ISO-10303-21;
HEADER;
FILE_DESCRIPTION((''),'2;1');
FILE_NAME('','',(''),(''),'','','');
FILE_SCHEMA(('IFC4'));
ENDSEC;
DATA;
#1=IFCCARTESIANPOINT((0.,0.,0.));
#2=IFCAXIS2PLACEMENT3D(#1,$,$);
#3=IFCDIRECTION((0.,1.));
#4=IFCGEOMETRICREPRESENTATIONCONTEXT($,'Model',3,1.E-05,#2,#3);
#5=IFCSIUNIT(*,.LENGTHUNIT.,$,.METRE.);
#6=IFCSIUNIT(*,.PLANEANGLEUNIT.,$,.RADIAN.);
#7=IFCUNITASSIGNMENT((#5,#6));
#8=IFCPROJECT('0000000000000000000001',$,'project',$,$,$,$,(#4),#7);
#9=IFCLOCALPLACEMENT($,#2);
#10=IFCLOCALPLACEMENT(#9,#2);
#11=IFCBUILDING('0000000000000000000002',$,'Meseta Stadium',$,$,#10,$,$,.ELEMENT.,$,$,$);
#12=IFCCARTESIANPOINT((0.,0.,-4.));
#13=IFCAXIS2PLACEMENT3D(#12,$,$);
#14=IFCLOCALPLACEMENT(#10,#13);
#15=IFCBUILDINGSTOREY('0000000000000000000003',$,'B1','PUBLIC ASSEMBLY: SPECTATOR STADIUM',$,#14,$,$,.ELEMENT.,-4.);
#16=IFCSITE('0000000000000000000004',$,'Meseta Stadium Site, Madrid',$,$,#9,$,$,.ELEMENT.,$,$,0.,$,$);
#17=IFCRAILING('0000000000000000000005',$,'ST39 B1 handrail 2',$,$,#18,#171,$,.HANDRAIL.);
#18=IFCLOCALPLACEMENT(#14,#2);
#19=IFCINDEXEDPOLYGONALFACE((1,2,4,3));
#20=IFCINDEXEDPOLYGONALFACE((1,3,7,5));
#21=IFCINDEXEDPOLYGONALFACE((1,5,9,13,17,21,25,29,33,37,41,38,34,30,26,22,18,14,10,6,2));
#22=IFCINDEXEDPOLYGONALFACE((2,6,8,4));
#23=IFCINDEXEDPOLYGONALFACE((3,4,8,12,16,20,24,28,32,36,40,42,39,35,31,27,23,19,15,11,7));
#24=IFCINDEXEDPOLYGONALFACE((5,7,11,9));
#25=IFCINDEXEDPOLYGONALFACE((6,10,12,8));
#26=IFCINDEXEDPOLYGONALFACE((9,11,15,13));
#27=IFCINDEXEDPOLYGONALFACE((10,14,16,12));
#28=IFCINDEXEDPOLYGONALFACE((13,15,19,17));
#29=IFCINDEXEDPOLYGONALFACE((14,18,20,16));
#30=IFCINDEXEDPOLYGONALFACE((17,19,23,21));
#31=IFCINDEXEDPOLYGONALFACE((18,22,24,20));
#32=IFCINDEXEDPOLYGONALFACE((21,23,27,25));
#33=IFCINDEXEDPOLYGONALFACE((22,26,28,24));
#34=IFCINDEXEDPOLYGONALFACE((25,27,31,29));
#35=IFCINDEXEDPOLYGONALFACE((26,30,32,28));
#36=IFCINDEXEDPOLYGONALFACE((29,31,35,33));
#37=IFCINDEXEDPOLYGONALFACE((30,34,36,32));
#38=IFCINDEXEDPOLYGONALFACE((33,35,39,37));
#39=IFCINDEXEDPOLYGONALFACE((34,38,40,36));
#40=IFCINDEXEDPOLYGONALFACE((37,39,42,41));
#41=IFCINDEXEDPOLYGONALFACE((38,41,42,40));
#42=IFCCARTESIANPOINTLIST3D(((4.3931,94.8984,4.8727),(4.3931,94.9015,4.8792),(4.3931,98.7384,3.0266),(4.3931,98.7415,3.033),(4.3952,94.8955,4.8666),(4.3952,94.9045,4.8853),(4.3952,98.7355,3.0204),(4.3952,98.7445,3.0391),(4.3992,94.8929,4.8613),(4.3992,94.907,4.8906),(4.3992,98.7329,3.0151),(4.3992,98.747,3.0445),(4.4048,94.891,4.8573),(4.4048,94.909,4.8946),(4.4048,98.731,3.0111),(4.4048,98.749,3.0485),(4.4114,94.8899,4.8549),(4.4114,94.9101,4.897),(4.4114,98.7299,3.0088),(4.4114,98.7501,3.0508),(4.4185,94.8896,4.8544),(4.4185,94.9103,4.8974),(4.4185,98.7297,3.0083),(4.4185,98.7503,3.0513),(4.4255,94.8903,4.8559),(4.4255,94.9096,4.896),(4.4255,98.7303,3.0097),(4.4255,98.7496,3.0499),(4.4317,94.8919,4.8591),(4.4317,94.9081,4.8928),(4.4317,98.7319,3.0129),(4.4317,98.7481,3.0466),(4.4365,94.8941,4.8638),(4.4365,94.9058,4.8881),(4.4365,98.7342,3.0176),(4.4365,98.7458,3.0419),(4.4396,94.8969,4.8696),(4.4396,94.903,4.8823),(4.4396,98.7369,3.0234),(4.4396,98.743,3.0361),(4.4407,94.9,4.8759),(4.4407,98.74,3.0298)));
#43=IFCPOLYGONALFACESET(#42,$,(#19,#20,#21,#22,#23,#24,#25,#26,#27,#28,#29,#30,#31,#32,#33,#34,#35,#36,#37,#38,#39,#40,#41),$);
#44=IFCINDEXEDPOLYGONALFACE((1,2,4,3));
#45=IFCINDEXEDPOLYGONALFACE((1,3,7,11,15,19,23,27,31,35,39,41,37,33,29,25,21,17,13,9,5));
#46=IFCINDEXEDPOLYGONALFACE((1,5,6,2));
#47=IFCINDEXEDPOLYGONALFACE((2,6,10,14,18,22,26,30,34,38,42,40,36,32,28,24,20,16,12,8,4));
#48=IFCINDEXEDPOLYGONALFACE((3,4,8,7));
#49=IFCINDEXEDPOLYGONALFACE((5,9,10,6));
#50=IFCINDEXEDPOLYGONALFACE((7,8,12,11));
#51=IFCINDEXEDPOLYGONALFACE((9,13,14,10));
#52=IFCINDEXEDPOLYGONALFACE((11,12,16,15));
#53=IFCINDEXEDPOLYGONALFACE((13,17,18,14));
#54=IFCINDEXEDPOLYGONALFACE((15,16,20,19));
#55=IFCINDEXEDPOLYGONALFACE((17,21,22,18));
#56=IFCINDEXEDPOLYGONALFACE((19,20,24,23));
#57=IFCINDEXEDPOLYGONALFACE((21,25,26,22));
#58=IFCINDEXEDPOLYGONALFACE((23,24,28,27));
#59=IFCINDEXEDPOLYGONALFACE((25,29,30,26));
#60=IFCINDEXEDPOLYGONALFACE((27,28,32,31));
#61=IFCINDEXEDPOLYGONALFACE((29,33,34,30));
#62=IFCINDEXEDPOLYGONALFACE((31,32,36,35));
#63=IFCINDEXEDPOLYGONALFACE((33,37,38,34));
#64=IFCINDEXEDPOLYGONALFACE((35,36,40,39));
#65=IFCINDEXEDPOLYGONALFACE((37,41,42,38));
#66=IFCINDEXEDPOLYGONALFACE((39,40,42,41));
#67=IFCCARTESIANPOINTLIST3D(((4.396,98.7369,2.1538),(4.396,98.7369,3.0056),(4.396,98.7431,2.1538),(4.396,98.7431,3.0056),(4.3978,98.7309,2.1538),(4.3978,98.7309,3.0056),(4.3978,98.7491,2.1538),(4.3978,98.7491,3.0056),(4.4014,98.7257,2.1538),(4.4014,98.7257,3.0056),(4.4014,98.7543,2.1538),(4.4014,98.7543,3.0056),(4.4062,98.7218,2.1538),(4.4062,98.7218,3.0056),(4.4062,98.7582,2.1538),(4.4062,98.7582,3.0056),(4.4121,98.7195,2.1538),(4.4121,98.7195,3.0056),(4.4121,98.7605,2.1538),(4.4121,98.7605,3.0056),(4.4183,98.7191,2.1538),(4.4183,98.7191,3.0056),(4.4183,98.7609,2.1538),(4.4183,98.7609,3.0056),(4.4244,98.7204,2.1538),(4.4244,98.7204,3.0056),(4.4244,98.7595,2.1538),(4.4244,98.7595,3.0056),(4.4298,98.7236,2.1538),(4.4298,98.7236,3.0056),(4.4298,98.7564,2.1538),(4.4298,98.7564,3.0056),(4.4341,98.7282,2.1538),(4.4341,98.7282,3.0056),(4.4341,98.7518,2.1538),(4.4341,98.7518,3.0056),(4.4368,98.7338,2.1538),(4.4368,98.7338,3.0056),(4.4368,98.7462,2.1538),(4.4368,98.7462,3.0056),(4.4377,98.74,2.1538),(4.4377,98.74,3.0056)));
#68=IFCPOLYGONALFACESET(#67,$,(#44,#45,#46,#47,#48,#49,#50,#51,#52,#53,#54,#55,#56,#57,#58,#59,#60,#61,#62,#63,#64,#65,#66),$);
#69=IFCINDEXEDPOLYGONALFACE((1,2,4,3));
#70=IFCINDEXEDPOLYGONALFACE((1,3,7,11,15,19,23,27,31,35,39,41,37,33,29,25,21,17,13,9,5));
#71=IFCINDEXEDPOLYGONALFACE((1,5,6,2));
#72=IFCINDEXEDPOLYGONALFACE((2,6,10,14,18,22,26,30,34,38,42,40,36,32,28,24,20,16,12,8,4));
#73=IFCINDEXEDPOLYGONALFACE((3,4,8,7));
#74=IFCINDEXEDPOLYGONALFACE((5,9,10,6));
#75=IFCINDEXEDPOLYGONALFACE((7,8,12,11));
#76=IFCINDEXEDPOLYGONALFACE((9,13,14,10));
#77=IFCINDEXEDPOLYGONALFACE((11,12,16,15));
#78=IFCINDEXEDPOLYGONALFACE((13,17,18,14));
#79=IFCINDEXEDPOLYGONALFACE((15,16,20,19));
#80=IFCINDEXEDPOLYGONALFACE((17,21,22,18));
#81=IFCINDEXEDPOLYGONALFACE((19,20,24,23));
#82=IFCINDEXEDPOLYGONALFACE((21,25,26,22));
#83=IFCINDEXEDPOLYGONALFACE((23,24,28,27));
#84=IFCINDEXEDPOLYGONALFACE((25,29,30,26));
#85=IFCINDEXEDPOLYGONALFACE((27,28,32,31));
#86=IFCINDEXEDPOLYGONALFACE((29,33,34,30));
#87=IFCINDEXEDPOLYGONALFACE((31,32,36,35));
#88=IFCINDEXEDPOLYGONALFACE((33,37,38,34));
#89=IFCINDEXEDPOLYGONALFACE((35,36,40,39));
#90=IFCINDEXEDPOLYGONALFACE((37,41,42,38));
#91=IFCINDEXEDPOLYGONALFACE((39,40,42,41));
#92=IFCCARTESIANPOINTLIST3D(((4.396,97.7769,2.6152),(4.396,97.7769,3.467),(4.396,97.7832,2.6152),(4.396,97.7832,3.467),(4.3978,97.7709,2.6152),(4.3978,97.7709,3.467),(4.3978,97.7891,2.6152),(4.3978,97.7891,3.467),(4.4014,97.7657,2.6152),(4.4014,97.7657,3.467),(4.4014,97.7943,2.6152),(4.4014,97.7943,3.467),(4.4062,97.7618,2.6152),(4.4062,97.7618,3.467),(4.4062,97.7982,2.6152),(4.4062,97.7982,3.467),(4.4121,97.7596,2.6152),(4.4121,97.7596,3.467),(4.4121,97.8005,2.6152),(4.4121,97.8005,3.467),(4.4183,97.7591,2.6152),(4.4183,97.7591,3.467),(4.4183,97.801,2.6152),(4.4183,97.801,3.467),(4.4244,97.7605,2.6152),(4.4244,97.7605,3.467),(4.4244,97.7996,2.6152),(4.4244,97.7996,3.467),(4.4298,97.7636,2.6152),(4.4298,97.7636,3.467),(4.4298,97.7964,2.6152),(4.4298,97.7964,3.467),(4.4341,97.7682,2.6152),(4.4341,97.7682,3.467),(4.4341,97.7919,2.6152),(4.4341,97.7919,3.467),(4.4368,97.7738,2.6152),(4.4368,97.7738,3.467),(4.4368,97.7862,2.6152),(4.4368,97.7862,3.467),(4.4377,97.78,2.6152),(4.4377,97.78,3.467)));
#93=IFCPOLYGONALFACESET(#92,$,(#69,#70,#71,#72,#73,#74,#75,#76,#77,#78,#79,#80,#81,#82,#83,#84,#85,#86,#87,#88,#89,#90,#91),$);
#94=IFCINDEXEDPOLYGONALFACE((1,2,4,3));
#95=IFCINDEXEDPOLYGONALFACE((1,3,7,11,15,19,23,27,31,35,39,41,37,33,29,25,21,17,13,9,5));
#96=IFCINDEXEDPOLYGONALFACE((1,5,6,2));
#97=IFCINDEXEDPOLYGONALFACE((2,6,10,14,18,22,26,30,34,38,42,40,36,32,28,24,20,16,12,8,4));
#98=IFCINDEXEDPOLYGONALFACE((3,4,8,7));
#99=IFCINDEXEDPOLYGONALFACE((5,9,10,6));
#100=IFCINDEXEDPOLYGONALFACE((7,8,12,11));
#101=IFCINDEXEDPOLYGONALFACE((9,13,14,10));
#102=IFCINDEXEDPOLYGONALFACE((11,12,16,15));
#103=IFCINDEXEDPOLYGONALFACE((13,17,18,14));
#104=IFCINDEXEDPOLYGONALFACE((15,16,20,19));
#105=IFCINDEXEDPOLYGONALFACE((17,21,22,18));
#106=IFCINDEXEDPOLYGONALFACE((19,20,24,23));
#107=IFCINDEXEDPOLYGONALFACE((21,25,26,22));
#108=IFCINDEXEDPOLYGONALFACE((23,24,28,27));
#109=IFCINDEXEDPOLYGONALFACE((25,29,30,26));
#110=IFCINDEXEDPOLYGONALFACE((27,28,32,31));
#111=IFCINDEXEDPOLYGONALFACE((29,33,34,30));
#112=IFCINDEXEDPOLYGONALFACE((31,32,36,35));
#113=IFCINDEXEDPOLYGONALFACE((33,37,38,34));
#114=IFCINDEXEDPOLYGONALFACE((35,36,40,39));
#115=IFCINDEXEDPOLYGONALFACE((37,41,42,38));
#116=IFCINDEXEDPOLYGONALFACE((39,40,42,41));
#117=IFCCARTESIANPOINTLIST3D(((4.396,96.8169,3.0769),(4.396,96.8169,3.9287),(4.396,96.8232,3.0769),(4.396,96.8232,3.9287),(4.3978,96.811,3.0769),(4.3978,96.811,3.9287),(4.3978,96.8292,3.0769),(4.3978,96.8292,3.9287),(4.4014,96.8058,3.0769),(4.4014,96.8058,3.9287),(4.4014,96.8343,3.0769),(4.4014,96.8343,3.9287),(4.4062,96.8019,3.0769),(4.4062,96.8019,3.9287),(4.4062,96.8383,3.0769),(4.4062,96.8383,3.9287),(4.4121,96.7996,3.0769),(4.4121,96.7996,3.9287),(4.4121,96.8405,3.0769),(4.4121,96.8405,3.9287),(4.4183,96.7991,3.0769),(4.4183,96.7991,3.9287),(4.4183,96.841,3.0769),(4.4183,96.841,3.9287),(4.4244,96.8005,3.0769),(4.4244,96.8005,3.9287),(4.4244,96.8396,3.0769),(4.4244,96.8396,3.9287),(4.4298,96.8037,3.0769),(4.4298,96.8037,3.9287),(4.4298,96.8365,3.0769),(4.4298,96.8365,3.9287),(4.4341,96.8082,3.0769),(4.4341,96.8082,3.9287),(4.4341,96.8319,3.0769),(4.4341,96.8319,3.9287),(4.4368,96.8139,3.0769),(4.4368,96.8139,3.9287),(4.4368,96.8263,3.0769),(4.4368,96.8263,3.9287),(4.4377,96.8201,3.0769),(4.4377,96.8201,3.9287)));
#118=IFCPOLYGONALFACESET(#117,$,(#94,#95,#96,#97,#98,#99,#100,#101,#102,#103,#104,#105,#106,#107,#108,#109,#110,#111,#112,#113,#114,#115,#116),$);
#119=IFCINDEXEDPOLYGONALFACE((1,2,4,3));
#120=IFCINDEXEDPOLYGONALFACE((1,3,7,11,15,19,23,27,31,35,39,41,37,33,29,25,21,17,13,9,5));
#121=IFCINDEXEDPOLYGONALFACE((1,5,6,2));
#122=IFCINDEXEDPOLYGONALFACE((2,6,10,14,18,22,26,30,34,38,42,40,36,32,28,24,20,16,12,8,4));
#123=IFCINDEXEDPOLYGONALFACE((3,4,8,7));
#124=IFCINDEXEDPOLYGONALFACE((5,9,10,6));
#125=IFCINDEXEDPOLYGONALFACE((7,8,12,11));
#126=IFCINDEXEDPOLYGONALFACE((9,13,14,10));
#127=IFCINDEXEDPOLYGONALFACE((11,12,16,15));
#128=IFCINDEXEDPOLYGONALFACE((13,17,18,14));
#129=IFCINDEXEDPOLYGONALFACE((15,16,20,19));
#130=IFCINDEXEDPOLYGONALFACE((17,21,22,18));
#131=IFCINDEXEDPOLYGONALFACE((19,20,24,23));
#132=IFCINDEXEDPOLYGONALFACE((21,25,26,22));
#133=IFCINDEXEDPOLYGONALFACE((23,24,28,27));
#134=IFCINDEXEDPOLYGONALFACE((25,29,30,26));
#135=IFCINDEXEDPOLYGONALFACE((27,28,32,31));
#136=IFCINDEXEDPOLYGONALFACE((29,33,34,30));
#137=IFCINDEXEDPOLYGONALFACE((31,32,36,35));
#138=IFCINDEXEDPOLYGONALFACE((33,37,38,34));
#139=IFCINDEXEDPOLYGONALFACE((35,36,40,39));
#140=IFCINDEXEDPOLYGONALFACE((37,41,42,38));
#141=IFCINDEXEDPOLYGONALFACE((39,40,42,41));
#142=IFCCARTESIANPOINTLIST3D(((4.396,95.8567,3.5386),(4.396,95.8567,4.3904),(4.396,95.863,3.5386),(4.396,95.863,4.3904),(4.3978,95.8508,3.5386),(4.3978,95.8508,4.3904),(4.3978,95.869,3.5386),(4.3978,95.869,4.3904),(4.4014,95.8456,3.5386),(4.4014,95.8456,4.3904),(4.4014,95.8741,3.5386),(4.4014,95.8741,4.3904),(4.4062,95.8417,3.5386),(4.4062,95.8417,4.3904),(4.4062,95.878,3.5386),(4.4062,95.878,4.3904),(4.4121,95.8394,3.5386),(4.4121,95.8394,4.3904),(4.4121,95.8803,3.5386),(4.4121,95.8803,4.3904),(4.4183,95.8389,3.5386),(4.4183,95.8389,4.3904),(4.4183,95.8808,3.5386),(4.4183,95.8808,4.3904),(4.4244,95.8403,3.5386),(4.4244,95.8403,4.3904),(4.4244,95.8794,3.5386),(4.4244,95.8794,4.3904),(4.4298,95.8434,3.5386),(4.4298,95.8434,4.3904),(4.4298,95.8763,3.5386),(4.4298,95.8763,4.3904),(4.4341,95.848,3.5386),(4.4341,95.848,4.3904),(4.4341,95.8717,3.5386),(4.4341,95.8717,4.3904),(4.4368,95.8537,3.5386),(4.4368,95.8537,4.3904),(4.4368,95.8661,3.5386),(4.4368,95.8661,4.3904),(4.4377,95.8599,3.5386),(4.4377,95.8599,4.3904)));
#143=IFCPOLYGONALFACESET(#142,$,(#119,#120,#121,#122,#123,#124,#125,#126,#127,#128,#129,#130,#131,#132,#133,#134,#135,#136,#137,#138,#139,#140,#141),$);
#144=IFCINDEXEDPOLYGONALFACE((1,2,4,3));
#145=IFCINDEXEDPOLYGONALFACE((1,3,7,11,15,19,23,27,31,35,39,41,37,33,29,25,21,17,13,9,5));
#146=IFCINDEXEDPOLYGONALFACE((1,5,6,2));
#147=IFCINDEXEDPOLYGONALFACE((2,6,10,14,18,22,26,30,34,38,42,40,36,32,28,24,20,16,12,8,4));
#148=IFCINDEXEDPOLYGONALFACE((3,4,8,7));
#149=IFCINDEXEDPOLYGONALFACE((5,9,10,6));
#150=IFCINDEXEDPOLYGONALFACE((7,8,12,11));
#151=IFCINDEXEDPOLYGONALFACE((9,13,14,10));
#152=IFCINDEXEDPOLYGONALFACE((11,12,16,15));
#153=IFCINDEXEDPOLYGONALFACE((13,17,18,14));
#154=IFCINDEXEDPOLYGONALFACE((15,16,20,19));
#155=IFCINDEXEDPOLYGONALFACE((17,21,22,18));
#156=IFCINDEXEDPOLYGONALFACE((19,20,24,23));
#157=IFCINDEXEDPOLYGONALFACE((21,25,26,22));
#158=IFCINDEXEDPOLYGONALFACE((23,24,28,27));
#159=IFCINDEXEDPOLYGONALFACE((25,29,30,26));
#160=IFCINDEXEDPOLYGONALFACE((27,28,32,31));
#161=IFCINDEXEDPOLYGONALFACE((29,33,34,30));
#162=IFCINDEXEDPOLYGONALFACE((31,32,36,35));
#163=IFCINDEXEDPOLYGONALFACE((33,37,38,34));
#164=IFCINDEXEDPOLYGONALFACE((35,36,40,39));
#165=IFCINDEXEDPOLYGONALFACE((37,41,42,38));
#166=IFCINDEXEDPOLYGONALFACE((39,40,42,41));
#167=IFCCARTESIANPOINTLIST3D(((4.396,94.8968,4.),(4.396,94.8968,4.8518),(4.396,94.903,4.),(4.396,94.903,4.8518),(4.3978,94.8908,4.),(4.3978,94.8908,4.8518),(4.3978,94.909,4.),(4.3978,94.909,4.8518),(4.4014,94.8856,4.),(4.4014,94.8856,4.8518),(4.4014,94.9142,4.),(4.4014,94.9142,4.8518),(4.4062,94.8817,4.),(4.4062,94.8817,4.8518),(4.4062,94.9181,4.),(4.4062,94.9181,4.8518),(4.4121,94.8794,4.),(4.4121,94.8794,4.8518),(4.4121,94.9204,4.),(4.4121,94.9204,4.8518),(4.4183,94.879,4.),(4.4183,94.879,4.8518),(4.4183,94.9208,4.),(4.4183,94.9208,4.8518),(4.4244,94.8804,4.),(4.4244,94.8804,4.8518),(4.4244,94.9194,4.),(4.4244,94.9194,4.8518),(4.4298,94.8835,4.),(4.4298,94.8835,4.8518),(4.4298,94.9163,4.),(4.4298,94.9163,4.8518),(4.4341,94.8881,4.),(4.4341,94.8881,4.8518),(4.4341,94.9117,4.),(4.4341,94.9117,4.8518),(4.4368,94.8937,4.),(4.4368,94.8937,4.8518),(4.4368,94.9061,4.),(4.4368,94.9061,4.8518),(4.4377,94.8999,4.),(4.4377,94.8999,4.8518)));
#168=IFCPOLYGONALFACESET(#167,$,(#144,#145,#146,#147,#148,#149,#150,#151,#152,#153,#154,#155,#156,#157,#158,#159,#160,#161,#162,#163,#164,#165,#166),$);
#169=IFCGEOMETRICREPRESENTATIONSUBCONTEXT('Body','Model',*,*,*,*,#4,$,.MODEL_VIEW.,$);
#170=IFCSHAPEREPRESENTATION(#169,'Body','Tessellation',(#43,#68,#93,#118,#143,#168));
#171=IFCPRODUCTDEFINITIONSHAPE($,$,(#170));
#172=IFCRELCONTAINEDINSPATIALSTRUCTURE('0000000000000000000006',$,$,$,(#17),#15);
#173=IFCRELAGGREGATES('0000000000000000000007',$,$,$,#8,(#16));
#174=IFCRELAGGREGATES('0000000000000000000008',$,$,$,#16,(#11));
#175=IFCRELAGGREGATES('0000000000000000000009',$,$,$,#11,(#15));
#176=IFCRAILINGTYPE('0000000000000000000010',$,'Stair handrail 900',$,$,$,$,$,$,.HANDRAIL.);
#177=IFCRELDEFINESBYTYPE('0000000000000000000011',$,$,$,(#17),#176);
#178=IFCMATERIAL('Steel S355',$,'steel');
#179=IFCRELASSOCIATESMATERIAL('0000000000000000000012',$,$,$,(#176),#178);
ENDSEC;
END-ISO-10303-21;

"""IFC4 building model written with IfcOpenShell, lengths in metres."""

from ifc_helpers import new_model, si_unit, direction, frame, origin, origin_2d, place, context, subcontext, project, spatial, circle, extrude, material, type_object, element, save


model = new_model("IFC4")

# Units and contexts
model_context = context("Model", 3, precision=1e-05, world=origin(), true_north=direction((0.0, 1.0)))
body_context = subcontext(model_context, "Body", "Model", "MODEL_VIEW")
ifc_project = project(units=[si_unit("LENGTHUNIT", "METRE"), si_unit("PLANEANGLEUNIT", "RADIAN")], contexts=[model_context])

# Site, building, storey
site_placement = place(None, origin())
site = spatial("IfcSite", under=ifc_project, at=site_placement, Name="Meseta Stadium Site, Madrid", CompositionType="ELEMENT", RefElevation=0.0)
building_placement = place(site_placement, origin())
building = spatial("IfcBuilding", under=site, at=building_placement, Name="Meseta Stadium", CompositionType="ELEMENT")
storey_placement = place(building_placement, frame((0.0, 0.0, -4.0)))
storey = spatial("IfcBuildingStorey", under=building, at=storey_placement, Name="B1", Description="PUBLIC ASSEMBLY: SPECTATOR STADIUM", CompositionType="ELEMENT", Elevation=-4.0)

# Railing
ifc_material_1 = material(Name="Steel S355", Category="steel")
railing_type_1 = type_object("IfcRailingType", Name="Stair handrail 900", PredefinedType="HANDRAIL", material=ifc_material_1)
railing_1_placement = place(storey_placement, frame((4.4167, 98.74, 2.1538)))
element("IfcRailing", 1, at=railing_1_placement, inside=storey, type_object=railing_type_1, Name="ST39 B1 handrail 2", PredefinedType="HANDRAIL", context=body_context, shape_type="SweptSolid", body=[
    extrude(circle(Radius=0.0239, at=origin_2d()), frame((0.0, 0.0, 0.876), z_axis=(0.0, -0.901253, 0.433294), x_axis=(1.0, 0.0, 0.0)), (0.0, 0.0, 1.0), 4.2607),
    extrude(circle(Radius=0.021, at=origin_2d()), origin(), (0.0, 0.0, 1.0), 0.8518),
    extrude(circle(Radius=0.021, at=origin_2d()), frame((0.0, -0.96, 0.4614)), (0.0, 0.0, 1.0), 0.8518),
    extrude(circle(Radius=0.021, at=origin_2d()), frame((0.0, -1.9199, 0.9231)), (0.0, 0.0, 1.0), 0.8518),
    extrude(circle(Radius=0.021, at=origin_2d()), frame((0.0, -2.8801, 1.3848)), (0.0, 0.0, 1.0), 0.8518),
    extrude(circle(Radius=0.021, at=origin_2d()), frame((0.0, -3.8401, 1.8462)), (0.0, 0.0, 1.0), 0.8518),
])

save(model, "model.ifc")
